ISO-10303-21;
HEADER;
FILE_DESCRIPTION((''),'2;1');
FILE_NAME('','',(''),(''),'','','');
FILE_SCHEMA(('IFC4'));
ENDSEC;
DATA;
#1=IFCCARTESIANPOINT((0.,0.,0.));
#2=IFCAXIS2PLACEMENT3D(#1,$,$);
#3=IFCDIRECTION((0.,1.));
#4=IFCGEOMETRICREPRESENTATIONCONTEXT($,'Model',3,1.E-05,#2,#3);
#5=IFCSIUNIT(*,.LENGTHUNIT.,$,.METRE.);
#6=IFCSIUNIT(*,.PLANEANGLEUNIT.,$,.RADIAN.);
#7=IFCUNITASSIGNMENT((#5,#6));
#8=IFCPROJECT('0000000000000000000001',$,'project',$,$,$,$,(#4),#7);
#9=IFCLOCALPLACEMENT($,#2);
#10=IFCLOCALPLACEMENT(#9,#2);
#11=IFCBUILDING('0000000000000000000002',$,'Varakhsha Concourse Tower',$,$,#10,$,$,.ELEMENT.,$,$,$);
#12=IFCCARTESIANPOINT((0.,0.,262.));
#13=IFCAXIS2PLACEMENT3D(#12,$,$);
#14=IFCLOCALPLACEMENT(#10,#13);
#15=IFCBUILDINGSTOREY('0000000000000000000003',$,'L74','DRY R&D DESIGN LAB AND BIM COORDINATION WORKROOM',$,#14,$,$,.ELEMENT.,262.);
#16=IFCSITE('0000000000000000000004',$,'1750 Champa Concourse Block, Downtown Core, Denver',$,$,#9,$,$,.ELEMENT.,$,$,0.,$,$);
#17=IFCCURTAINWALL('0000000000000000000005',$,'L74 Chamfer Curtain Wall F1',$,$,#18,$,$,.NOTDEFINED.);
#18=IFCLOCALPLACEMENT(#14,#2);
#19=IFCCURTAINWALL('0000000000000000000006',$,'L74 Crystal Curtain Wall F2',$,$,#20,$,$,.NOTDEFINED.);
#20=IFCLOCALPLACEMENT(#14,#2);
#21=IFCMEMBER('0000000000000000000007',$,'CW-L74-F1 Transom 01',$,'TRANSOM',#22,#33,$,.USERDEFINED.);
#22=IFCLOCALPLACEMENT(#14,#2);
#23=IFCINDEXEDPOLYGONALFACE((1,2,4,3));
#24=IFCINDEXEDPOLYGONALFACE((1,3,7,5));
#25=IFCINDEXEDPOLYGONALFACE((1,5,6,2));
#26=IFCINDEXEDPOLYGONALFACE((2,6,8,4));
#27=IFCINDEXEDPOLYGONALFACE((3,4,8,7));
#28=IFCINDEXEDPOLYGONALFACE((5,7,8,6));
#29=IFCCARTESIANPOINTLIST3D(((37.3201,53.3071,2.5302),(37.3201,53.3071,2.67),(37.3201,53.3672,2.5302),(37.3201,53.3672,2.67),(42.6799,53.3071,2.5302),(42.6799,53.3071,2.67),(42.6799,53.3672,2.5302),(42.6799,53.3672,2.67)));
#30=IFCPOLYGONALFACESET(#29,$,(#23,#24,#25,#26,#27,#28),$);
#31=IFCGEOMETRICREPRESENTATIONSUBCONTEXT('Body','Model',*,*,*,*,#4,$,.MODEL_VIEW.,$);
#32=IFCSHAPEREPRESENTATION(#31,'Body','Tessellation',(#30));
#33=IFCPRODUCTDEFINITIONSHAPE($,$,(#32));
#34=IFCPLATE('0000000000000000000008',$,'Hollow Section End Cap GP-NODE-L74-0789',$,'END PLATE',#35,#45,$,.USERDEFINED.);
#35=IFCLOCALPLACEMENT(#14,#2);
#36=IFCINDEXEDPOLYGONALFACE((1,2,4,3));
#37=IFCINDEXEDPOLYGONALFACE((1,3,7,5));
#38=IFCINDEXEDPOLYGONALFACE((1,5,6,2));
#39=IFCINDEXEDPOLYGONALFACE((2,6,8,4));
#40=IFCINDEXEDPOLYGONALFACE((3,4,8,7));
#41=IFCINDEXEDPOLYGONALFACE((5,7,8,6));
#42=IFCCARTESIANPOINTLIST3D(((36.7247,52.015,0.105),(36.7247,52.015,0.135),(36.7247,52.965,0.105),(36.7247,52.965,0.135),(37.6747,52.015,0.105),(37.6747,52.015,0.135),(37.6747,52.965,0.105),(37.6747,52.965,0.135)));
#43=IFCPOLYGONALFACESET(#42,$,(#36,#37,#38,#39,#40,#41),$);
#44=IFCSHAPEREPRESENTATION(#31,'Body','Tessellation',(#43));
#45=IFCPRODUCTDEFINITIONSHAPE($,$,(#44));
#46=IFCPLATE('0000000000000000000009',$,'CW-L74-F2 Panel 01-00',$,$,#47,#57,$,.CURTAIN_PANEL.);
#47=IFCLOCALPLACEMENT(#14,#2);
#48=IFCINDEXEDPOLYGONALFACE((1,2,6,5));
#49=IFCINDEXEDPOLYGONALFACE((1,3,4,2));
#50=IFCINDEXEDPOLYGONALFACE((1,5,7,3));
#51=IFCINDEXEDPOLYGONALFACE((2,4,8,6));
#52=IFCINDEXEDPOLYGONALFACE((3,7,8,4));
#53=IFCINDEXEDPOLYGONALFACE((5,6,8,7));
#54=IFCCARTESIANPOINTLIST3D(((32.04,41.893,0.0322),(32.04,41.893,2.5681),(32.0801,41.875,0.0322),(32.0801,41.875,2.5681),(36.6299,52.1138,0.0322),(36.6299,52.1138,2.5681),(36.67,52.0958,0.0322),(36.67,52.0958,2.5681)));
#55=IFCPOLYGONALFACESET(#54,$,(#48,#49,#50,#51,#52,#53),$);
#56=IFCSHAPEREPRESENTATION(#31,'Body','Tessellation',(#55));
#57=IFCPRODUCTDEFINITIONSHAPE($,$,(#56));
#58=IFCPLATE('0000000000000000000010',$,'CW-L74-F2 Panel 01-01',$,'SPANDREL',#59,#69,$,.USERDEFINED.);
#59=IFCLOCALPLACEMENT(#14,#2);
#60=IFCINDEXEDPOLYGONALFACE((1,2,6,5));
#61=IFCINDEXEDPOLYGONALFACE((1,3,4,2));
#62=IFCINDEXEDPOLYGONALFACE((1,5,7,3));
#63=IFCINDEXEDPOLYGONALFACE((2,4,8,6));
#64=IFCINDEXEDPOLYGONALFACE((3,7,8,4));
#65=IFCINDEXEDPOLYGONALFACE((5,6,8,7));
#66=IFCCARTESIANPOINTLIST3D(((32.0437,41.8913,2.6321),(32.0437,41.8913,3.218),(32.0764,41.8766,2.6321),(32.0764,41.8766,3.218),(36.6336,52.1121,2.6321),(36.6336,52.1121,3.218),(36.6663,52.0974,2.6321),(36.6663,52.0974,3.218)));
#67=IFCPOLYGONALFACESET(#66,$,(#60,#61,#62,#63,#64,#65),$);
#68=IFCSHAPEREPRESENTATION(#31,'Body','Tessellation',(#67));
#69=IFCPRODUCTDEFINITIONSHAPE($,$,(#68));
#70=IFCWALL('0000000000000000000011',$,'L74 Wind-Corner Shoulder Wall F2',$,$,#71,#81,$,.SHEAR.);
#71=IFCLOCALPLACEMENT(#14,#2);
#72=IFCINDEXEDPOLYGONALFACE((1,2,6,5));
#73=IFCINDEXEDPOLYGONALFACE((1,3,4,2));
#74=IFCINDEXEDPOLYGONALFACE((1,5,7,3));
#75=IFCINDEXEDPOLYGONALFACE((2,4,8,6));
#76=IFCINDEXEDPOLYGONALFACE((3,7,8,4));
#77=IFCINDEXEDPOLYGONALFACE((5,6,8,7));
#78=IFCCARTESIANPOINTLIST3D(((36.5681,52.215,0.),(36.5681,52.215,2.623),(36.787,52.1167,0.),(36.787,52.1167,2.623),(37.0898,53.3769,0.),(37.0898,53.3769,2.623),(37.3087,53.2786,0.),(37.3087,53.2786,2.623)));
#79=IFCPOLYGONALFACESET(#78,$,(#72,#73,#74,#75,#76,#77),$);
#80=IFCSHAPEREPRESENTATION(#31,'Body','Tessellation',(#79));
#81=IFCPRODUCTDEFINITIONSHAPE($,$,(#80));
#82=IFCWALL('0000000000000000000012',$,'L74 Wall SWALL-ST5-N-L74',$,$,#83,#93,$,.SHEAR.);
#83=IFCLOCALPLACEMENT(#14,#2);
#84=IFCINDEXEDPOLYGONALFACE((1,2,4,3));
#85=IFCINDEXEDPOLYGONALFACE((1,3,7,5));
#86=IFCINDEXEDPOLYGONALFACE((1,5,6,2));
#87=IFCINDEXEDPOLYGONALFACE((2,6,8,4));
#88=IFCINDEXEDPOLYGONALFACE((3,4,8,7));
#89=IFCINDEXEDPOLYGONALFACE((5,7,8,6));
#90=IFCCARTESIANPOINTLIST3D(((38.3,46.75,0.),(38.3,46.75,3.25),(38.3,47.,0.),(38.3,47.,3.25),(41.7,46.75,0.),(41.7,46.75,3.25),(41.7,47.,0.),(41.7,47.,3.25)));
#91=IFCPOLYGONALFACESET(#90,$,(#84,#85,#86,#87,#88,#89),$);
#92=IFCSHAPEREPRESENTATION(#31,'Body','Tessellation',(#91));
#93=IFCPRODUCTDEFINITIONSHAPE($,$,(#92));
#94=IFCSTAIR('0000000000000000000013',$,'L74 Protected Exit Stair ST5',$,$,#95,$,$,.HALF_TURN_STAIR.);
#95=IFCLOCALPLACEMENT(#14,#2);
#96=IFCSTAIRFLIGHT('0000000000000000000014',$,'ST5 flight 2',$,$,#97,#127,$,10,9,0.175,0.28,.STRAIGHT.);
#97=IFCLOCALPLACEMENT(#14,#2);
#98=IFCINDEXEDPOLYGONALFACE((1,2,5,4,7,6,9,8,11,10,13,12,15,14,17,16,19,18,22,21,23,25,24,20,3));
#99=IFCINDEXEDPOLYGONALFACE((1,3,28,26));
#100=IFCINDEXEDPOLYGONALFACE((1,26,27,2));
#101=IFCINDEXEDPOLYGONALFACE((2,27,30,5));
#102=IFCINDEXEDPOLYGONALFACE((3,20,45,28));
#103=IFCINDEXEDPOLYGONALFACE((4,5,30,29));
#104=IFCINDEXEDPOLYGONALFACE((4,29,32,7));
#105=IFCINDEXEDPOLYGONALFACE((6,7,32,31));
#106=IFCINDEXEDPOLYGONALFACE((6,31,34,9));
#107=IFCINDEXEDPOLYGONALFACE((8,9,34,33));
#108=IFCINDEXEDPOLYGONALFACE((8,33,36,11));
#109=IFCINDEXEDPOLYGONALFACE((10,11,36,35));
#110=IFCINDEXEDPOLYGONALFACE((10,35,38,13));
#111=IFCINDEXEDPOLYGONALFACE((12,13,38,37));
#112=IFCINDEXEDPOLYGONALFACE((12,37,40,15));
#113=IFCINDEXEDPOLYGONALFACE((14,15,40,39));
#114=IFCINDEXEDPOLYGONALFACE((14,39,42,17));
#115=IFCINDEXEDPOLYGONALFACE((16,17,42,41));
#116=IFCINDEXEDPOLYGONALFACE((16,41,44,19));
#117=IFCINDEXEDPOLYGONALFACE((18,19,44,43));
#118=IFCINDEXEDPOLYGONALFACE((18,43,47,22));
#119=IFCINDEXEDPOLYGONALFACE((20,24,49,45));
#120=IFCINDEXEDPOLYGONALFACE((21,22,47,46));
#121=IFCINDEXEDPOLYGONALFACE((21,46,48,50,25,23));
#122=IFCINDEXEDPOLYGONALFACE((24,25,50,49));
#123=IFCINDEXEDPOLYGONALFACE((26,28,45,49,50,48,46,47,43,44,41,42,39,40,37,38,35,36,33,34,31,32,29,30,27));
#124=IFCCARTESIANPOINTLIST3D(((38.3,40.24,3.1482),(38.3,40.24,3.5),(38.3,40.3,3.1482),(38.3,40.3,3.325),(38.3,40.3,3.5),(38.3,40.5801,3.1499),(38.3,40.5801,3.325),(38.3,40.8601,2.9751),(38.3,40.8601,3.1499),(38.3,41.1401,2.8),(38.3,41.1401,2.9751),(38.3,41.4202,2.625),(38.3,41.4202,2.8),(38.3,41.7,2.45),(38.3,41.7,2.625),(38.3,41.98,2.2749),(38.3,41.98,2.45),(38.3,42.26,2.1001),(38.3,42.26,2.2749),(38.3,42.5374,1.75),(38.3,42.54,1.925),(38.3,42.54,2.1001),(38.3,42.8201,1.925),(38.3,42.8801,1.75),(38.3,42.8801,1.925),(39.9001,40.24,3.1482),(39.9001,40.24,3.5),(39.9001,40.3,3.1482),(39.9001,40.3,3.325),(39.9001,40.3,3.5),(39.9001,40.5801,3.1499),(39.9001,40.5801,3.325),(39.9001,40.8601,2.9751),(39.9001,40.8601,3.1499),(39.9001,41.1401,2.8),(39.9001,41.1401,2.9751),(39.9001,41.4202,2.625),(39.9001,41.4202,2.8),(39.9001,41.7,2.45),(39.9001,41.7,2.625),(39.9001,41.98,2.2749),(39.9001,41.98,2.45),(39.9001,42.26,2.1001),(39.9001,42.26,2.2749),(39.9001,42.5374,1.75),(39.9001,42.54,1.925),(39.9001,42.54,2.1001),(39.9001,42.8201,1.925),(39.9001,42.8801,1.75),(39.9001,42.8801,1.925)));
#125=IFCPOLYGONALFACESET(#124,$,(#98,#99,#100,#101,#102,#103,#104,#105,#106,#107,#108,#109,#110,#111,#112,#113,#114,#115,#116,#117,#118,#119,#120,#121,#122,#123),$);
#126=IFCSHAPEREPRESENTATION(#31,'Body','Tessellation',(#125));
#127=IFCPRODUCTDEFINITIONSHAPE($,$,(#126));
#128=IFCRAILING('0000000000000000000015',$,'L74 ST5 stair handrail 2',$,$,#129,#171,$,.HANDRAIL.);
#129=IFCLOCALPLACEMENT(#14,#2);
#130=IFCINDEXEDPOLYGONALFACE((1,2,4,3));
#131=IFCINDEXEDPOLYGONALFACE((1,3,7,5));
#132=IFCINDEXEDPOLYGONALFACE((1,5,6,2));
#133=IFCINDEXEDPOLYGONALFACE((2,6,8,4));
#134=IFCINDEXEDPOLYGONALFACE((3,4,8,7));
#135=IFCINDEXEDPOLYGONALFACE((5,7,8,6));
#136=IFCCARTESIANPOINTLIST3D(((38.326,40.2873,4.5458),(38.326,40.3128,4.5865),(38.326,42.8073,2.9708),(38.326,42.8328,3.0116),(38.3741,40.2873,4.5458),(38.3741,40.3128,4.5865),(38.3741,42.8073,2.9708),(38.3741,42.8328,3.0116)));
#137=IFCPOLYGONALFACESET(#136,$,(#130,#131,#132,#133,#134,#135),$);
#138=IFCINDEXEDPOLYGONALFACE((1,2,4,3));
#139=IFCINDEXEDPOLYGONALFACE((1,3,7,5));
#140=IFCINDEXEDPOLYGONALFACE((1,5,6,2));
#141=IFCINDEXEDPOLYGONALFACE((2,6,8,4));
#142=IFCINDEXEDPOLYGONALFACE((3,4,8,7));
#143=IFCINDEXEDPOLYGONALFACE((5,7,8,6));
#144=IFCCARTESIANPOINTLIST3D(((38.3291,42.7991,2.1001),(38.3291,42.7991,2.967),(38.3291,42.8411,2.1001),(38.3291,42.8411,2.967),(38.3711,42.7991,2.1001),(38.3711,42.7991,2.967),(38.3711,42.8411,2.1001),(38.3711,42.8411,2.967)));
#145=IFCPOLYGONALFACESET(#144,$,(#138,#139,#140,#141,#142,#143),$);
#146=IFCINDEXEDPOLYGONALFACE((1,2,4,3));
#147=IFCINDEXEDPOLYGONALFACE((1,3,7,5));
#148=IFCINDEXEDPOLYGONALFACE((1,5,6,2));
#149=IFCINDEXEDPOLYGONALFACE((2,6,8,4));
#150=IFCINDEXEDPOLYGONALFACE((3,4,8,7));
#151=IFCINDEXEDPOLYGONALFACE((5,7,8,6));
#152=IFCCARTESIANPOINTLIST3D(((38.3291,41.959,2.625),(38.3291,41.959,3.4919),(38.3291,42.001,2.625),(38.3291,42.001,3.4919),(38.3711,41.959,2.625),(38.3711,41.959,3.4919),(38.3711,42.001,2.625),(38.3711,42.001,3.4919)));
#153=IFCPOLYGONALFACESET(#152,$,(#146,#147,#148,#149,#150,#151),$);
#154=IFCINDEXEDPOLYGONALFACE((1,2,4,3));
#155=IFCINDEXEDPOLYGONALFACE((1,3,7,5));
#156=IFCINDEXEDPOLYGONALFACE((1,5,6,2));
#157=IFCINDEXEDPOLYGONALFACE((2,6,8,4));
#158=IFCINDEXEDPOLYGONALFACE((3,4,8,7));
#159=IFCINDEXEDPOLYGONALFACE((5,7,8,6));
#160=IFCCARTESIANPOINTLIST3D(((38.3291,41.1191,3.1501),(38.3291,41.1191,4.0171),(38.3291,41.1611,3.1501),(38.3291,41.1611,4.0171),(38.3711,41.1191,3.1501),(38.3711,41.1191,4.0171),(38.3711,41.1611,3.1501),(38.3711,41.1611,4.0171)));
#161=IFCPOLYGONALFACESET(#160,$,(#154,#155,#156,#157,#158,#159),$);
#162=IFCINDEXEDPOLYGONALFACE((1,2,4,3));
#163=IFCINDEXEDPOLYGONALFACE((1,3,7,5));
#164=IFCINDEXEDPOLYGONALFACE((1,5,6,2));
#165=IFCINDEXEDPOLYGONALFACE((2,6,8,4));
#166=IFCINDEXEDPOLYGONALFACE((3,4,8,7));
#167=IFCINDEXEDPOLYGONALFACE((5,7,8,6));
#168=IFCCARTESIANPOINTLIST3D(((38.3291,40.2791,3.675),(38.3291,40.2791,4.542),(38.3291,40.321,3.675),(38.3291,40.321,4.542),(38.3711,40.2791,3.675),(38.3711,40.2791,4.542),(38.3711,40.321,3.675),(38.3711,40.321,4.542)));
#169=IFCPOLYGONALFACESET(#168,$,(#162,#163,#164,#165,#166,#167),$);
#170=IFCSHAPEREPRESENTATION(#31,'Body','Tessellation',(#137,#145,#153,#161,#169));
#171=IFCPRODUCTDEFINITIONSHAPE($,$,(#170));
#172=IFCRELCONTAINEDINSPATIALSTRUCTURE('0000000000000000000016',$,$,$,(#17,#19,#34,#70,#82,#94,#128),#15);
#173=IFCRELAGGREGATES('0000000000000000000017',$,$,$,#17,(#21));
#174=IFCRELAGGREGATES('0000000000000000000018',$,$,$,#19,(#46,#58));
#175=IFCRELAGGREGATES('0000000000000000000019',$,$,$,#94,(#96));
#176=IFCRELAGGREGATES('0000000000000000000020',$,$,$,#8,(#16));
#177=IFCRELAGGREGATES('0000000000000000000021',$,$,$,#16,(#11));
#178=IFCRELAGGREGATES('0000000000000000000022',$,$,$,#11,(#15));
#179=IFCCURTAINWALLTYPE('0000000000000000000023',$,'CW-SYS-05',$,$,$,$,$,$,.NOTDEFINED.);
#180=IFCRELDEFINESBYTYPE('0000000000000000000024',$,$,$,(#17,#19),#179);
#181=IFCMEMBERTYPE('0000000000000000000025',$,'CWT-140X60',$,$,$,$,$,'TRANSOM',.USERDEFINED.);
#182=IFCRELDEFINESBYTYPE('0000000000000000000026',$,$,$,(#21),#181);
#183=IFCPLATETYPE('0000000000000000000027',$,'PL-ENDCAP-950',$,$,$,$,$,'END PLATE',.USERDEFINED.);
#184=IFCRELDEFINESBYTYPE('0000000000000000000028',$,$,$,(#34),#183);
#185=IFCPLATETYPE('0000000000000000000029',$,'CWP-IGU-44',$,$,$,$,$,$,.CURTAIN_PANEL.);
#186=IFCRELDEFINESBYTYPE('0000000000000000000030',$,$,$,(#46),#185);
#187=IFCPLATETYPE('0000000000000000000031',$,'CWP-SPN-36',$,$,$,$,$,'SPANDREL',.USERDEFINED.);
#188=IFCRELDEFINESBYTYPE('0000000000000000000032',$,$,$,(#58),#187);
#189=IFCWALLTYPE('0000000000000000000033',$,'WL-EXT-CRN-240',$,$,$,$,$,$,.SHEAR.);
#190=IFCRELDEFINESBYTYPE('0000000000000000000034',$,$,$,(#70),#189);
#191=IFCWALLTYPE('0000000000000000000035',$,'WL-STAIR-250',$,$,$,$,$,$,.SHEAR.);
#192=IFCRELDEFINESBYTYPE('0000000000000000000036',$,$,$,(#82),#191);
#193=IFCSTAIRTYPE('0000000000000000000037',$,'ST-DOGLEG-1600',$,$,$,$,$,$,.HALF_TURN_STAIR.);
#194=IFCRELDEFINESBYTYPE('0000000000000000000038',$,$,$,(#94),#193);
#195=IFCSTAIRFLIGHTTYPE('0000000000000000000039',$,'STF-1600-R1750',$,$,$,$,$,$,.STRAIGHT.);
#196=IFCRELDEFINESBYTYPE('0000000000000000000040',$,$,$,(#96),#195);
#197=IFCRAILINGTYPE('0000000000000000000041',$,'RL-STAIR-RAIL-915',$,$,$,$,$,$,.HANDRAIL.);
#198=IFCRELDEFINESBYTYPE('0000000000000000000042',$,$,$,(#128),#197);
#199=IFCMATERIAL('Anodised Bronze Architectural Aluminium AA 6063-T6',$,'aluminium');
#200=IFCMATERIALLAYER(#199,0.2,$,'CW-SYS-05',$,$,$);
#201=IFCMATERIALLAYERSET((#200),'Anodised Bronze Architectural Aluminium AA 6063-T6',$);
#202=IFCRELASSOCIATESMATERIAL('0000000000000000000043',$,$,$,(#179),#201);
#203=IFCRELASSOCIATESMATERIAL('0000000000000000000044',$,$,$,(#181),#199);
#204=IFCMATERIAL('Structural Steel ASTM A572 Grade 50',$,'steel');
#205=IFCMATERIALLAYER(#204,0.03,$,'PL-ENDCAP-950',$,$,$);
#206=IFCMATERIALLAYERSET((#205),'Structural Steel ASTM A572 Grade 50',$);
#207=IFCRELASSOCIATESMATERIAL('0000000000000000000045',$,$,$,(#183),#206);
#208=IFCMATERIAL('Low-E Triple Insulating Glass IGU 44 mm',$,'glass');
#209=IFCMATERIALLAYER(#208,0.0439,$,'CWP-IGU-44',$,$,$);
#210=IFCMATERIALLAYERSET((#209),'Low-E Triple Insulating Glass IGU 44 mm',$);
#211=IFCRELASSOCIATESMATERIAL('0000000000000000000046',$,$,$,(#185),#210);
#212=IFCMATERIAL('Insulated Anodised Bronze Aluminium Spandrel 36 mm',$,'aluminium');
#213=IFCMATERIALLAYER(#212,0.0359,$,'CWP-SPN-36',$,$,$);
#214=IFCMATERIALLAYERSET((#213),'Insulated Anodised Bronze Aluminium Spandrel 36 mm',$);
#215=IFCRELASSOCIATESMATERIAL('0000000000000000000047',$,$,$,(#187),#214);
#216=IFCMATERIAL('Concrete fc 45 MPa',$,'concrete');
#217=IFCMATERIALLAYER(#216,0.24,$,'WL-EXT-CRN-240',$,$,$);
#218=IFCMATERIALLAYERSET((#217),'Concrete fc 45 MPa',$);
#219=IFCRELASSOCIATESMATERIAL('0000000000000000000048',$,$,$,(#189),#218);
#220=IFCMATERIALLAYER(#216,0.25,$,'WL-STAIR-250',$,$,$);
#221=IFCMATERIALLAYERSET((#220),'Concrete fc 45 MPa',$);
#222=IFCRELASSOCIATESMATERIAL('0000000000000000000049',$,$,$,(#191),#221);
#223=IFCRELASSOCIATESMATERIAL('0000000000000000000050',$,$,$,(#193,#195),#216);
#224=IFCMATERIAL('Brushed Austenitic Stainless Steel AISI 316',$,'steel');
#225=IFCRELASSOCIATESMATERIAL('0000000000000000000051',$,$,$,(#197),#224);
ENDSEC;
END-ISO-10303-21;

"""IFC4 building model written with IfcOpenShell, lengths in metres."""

from ifc_helpers import new_model, si_unit, direction, frame, frame_2d, origin, origin_2d, place, context, subcontext, project, spatial, polyline, rectangle, outline, extrude, source, transform, mapped, material, layer, layer_set, material_profile, profile_set, type_object, type_shapes, element, aggregate, save


model = new_model("IFC4")

# Units and contexts
model_context = context("Model", 3, precision=1e-05, world=origin(), true_north=direction((0.0, 1.0)))
body_context = subcontext(model_context, "Body", "Model", "MODEL_VIEW")
ifc_project = project(units=[si_unit("LENGTHUNIT", "METRE"), si_unit("PLANEANGLEUNIT", "RADIAN")], contexts=[model_context])

# Site, building, storey
site_placement = place(None, origin())
site = spatial("IfcSite", under=ifc_project, at=site_placement, Name="1750 Champa Concourse Block, Downtown Core, Denver", CompositionType="ELEMENT", RefElevation=0.0)
building_placement = place(site_placement, origin())
building = spatial("IfcBuilding", under=site, at=building_placement, Name="Varakhsha Concourse Tower", CompositionType="ELEMENT")
storey_placement = place(building_placement, frame((0.0, 0.0, 262.0)))
storey = spatial("IfcBuildingStorey", under=building, at=storey_placement, Name="L74", Description="DRY R&D DESIGN LAB AND BIM COORDINATION WORKROOM", CompositionType="ELEMENT", Elevation=262.0)

# Shared definitions
ifc_material_1 = material(Name="Structural Steel ASTM A572 Grade 50", Category="steel")

# Curtain wall
ifc_material_2 = material(Name="Anodised Bronze Architectural Aluminium AA 6063-T6", Category="aluminium")
ifc_layer_1 = layer(ifc_material_2, 0.2, Name="CW-SYS-05")
ifc_layer_set_1 = layer_set([ifc_layer_1], Name="Anodised Bronze Architectural Aluminium AA 6063-T6")
curtain_wall_type = type_object("IfcCurtainWallType", Name="CW-SYS-05", PredefinedType="NOTDEFINED", material=ifc_layer_set_1)
curtain_wall_1_placement = place(storey_placement, origin())
curtain_wall_1 = element("IfcCurtainWall", 1, at=curtain_wall_1_placement, inside=storey, type_object=curtain_wall_type, Name="L74 Chamfer Curtain Wall F1", PredefinedType="NOTDEFINED")

# Curtain wall
curtain_wall_2_placement = place(storey_placement, origin())
curtain_wall_2 = element("IfcCurtainWall", 2, at=curtain_wall_2_placement, inside=storey, type_object=curtain_wall_type, Name="L74 Crystal Curtain Wall F2", PredefinedType="NOTDEFINED")

# Member
ifc_material_profile_1 = material_profile(ifc_material_2, rectangle(XDim=0.0601, YDim=0.1399, at=origin_2d()), Name="CWT-140X60")
ifc_profile_set_1 = profile_set([ifc_material_profile_1], Name="Anodised Bronze Architectural Aluminium AA 6063-T6")
member_type_1 = type_object("IfcMemberType", Name="CWT-140X60", ElementType="TRANSOM", PredefinedType="USERDEFINED", material=ifc_profile_set_1)
shared_shape_1 = source(origin(), body_context, "Body", "SweptSolid", [
    extrude(rectangle(XDim=0.0601, YDim=0.1399, at=origin_2d()), origin(), (0.0, 0.0, 1.0), 5.3599),
])
type_shapes(member_type_1, [shared_shape_1])
member_1_placement = place(storey_placement, frame((37.3201, 53.3372, 2.6001), z_axis=(1.0, 0.0, 0.0), x_axis=(0.0, 1.0, 0.0)))
member_1 = element("IfcMember", 3, at=member_1_placement, type_object=member_type_1, Name="CW-L74-F1 Transom 01", ObjectType="TRANSOM", PredefinedType="USERDEFINED", context=body_context, shape_type="MappedRepresentation", body=[
    mapped(shared_shape_1, transform((0.0, 0.0, 0.0), scale=1.0)),
])
aggregate(curtain_wall_1, [member_1])

# Plates
ifc_layer_2 = layer(ifc_material_1, 0.03, Name="PL-ENDCAP-950")
ifc_layer_set_2 = layer_set([ifc_layer_2], Name="Structural Steel ASTM A572 Grade 50")
plate_type_1 = type_object("IfcPlateType", Name="PL-ENDCAP-950", ElementType="END PLATE", PredefinedType="USERDEFINED", material=ifc_layer_set_2)
shared_shape_2 = source(origin(), body_context, "Body", "SweptSolid", [
    extrude(rectangle(XDim=0.95, YDim=0.95, at=origin_2d()), origin(), (0.0, 0.0, 1.0), 0.03),
])
type_shapes(plate_type_1, [shared_shape_2])
plate_1_placement = place(storey_placement, frame((37.1997, 52.49, 0.105), z_axis=(0.0, 0.0, 1.0), x_axis=(1.0, 0.0, 0.0)))
element("IfcPlate", 4, at=plate_1_placement, inside=storey, type_object=plate_type_1, Name="Hollow Section End Cap GP-NODE-L74-0789", ObjectType="END PLATE", PredefinedType="USERDEFINED", context=body_context, shape_type="MappedRepresentation", body=[
    mapped(shared_shape_2, transform((0.0, 0.0, 0.0), scale=1.0)),
])
ifc_material_3 = material(Name="Low-E Triple Insulating Glass IGU 44 mm", Category="glass")
ifc_layer_3 = layer(ifc_material_3, 0.0439, Name="CWP-IGU-44")
ifc_layer_set_3 = layer_set([ifc_layer_3], Name="Low-E Triple Insulating Glass IGU 44 mm")
plate_type_2 = type_object("IfcPlateType", Name="CWP-IGU-44", PredefinedType="CURTAIN_PANEL", material=ifc_layer_set_3)
shared_shape_3 = source(origin(), body_context, "Body", "SweptSolid", [
    extrude(rectangle(XDim=11.2041, YDim=0.0439, at=origin_2d()), origin(), (0.0, 0.0, 1.0), 2.5359),
])
type_shapes(plate_type_2, [shared_shape_3])
plate_2_placement = place(storey_placement, frame((34.355, 46.9944, 0.0322), z_axis=(0.0, 0.0, 1.0), x_axis=(0.409662, 0.912237, 0.0)))
plate_2 = element("IfcPlate", 5, at=plate_2_placement, type_object=plate_type_2, Name="CW-L74-F2 Panel 01-00", PredefinedType="CURTAIN_PANEL", context=body_context, shape_type="MappedRepresentation", body=[
    mapped(shared_shape_3, transform((0.0, 0.0, 0.0), scale=1.0)),
])
ifc_material_4 = material(Name="Insulated Anodised Bronze Aluminium Spandrel 36 mm", Category="aluminium")
ifc_layer_4 = layer(ifc_material_4, 0.0359, Name="CWP-SPN-36")
ifc_layer_set_4 = layer_set([ifc_layer_4], Name="Insulated Anodised Bronze Aluminium Spandrel 36 mm")
plate_type_3 = type_object("IfcPlateType", Name="CWP-SPN-36", ElementType="SPANDREL", PredefinedType="USERDEFINED", material=ifc_layer_set_4)
shared_shape_4 = source(origin(), body_context, "Body", "SweptSolid", [
    extrude(rectangle(XDim=11.2041, YDim=0.0359, at=origin_2d()), origin(), (0.0, 0.0, 1.0), 0.5859),
])
type_shapes(plate_type_3, [shared_shape_4])
plate_3_placement = place(storey_placement, frame((34.355, 46.9944, 2.6321), z_axis=(0.0, 0.0, 1.0), x_axis=(0.409662, 0.912237, 0.0)))
plate_3 = element("IfcPlate", 6, at=plate_3_placement, type_object=plate_type_3, Name="CW-L74-F2 Panel 01-01", ObjectType="SPANDREL", PredefinedType="USERDEFINED", context=body_context, shape_type="MappedRepresentation", body=[
    mapped(shared_shape_4, transform((0.0, 0.0, 0.0), scale=1.0)),
])
aggregate(curtain_wall_2, [plate_2, plate_3])

# Walls
ifc_material_5 = material(Name="Concrete fc 45 MPa", Category="concrete")
ifc_layer_5 = layer(ifc_material_5, 0.24, Name="WL-EXT-CRN-240")
ifc_layer_set_5 = layer_set([ifc_layer_5], Name="Concrete fc 45 MPa")
wall_type_1 = type_object("IfcWallType", Name="WL-EXT-CRN-240", PredefinedType="SHEAR", material=ifc_layer_set_5)
wall_1_placement = place(storey_placement, frame((37.1992, 53.3276, 0.0), z_axis=(0.0, 0.0, 1.0), x_axis=(-0.409639, -0.912248, 0.0)))
element("IfcWall", 7, at=wall_1_placement, inside=storey, type_object=wall_type_1, Name="L74 Wind-Corner Shoulder Wall F2", PredefinedType="SHEAR", context=body_context, shape_type="SweptSolid", body=[
    extrude(rectangle(XDim=1.2737, YDim=0.24, at=frame_2d((0.6367, 0.0))), origin(), (0.0, 0.0, 1.0), 2.623),
])
ifc_layer_6 = layer(ifc_material_5, 0.25, Name="WL-STAIR-250")
ifc_layer_set_6 = layer_set([ifc_layer_6], Name="Concrete fc 45 MPa")
wall_type_2 = type_object("IfcWallType", Name="WL-STAIR-250", PredefinedType="SHEAR", material=ifc_layer_set_6)
wall_2_placement = place(storey_placement, frame((38.3, 46.875, 0.0), z_axis=(0.0, 0.0, 1.0), x_axis=(1.0, 0.0, 0.0)))
element("IfcWall", 8, at=wall_2_placement, inside=storey, type_object=wall_type_2, Name="L74 Wall SWALL-ST5-N-L74", PredefinedType="SHEAR", context=body_context, shape_type="SweptSolid", body=[
    extrude(rectangle(XDim=3.3999, YDim=0.25, at=frame_2d((1.7, 0.0))), origin(), (0.0, 0.0, 1.0), 3.25),
])

# Stair, stair flight
stair_type = type_object("IfcStairType", Name="ST-DOGLEG-1600", PredefinedType="HALF_TURN_STAIR", material=ifc_material_5)
stair_placement = place(storey_placement, origin())
stair = element("IfcStair", 9, at=stair_placement, inside=storey, type_object=stair_type, Name="L74 Protected Exit Stair ST5", PredefinedType="HALF_TURN_STAIR")
stair_flight_type = type_object("IfcStairFlightType", Name="STF-1600-R1750", PredefinedType="STRAIGHT", material=ifc_material_5)
stair_flight_placement = place(storey_placement, frame((39.1001, 42.8201, 1.75), z_axis=(0.0, 0.0, 1.0), x_axis=(0.0, -1.0, 0.0)))
stair_flight = element("IfcStairFlight", 10, at=stair_flight_placement, type_object=stair_flight_type, Name="ST5 flight 2", NumberOfRisers=10, NumberOfTreads=9, PredefinedType="STRAIGHT", RiserHeight=0.175, TreadLength=0.28, context=body_context, shape_type="SweptSolid", body=[
    extrude(outline(polyline([(-0.0601, 0.0), (-0.0601, 0.175), (0.0, 0.175), (0.28, 0.175), (0.28, 0.3501), (0.5601, 0.3501), (0.5601, 0.5249), (0.8401, 0.5249), (0.8401, 0.7), (1.1201, 0.7), (1.1201, 0.875), (1.3999, 0.875), (1.3999, 1.05), (1.6799, 1.05), (1.6799, 1.2251), (1.96, 1.2251), (1.96, 1.3999), (2.24, 1.3999), (2.24, 1.575), (2.52, 1.575), (2.52, 1.75), (2.5801, 1.75), (2.5801, 1.3982), (2.52, 1.3982), (0.2827, 0.0), (-0.0601, 0.0)])), frame((0.0, 0.8, 0.0), z_axis=(0.0, -1.0, 0.0), x_axis=(1.0, 0.0, 0.0)), (0.0, 0.0, 1.0), 1.6001),
])
aggregate(stair, [stair_flight])

# Railing
ifc_material_6 = material(Name="Brushed Austenitic Stainless Steel AISI 316", Category="steel")
railing_type = type_object("IfcRailingType", Name="RL-STAIR-RAIL-915", PredefinedType="HANDRAIL", material=ifc_material_6)
railing_placement = place(storey_placement, frame((38.3501, 42.8201, 2.1001)))
element("IfcRailing", 11, at=railing_placement, inside=storey, type_object=railing_type, Name="L74 ST5 stair handrail 2", PredefinedType="HANDRAIL", context=body_context, shape_type="SweptSolid", body=[
    extrude(rectangle(XDim=0.0481, YDim=0.0481, at=origin_2d()), frame((0.0, 0.0, 0.8911), z_axis=(0.0, -0.848008, 0.529984), x_axis=(1.0, 0.0, 0.0)), (0.0, 0.0, 1.0), 2.9717),
    extrude(rectangle(XDim=0.042, YDim=0.042, at=origin_2d()), origin(), (0.0, 0.0, 1.0), 0.8669),
    extrude(rectangle(XDim=0.042, YDim=0.042, at=origin_2d()), frame((0.0, -0.8401, 0.5249)), (0.0, 0.0, 1.0), 0.8669),
    extrude(rectangle(XDim=0.042, YDim=0.042, at=origin_2d()), frame((0.0, -1.6799, 1.05)), (0.0, 0.0, 1.0), 0.8669),
    extrude(rectangle(XDim=0.042, YDim=0.042, at=origin_2d()), frame((0.0, -2.52, 1.575)), (0.0, 0.0, 1.0), 0.8669),
])

save(model, "model.ifc")
